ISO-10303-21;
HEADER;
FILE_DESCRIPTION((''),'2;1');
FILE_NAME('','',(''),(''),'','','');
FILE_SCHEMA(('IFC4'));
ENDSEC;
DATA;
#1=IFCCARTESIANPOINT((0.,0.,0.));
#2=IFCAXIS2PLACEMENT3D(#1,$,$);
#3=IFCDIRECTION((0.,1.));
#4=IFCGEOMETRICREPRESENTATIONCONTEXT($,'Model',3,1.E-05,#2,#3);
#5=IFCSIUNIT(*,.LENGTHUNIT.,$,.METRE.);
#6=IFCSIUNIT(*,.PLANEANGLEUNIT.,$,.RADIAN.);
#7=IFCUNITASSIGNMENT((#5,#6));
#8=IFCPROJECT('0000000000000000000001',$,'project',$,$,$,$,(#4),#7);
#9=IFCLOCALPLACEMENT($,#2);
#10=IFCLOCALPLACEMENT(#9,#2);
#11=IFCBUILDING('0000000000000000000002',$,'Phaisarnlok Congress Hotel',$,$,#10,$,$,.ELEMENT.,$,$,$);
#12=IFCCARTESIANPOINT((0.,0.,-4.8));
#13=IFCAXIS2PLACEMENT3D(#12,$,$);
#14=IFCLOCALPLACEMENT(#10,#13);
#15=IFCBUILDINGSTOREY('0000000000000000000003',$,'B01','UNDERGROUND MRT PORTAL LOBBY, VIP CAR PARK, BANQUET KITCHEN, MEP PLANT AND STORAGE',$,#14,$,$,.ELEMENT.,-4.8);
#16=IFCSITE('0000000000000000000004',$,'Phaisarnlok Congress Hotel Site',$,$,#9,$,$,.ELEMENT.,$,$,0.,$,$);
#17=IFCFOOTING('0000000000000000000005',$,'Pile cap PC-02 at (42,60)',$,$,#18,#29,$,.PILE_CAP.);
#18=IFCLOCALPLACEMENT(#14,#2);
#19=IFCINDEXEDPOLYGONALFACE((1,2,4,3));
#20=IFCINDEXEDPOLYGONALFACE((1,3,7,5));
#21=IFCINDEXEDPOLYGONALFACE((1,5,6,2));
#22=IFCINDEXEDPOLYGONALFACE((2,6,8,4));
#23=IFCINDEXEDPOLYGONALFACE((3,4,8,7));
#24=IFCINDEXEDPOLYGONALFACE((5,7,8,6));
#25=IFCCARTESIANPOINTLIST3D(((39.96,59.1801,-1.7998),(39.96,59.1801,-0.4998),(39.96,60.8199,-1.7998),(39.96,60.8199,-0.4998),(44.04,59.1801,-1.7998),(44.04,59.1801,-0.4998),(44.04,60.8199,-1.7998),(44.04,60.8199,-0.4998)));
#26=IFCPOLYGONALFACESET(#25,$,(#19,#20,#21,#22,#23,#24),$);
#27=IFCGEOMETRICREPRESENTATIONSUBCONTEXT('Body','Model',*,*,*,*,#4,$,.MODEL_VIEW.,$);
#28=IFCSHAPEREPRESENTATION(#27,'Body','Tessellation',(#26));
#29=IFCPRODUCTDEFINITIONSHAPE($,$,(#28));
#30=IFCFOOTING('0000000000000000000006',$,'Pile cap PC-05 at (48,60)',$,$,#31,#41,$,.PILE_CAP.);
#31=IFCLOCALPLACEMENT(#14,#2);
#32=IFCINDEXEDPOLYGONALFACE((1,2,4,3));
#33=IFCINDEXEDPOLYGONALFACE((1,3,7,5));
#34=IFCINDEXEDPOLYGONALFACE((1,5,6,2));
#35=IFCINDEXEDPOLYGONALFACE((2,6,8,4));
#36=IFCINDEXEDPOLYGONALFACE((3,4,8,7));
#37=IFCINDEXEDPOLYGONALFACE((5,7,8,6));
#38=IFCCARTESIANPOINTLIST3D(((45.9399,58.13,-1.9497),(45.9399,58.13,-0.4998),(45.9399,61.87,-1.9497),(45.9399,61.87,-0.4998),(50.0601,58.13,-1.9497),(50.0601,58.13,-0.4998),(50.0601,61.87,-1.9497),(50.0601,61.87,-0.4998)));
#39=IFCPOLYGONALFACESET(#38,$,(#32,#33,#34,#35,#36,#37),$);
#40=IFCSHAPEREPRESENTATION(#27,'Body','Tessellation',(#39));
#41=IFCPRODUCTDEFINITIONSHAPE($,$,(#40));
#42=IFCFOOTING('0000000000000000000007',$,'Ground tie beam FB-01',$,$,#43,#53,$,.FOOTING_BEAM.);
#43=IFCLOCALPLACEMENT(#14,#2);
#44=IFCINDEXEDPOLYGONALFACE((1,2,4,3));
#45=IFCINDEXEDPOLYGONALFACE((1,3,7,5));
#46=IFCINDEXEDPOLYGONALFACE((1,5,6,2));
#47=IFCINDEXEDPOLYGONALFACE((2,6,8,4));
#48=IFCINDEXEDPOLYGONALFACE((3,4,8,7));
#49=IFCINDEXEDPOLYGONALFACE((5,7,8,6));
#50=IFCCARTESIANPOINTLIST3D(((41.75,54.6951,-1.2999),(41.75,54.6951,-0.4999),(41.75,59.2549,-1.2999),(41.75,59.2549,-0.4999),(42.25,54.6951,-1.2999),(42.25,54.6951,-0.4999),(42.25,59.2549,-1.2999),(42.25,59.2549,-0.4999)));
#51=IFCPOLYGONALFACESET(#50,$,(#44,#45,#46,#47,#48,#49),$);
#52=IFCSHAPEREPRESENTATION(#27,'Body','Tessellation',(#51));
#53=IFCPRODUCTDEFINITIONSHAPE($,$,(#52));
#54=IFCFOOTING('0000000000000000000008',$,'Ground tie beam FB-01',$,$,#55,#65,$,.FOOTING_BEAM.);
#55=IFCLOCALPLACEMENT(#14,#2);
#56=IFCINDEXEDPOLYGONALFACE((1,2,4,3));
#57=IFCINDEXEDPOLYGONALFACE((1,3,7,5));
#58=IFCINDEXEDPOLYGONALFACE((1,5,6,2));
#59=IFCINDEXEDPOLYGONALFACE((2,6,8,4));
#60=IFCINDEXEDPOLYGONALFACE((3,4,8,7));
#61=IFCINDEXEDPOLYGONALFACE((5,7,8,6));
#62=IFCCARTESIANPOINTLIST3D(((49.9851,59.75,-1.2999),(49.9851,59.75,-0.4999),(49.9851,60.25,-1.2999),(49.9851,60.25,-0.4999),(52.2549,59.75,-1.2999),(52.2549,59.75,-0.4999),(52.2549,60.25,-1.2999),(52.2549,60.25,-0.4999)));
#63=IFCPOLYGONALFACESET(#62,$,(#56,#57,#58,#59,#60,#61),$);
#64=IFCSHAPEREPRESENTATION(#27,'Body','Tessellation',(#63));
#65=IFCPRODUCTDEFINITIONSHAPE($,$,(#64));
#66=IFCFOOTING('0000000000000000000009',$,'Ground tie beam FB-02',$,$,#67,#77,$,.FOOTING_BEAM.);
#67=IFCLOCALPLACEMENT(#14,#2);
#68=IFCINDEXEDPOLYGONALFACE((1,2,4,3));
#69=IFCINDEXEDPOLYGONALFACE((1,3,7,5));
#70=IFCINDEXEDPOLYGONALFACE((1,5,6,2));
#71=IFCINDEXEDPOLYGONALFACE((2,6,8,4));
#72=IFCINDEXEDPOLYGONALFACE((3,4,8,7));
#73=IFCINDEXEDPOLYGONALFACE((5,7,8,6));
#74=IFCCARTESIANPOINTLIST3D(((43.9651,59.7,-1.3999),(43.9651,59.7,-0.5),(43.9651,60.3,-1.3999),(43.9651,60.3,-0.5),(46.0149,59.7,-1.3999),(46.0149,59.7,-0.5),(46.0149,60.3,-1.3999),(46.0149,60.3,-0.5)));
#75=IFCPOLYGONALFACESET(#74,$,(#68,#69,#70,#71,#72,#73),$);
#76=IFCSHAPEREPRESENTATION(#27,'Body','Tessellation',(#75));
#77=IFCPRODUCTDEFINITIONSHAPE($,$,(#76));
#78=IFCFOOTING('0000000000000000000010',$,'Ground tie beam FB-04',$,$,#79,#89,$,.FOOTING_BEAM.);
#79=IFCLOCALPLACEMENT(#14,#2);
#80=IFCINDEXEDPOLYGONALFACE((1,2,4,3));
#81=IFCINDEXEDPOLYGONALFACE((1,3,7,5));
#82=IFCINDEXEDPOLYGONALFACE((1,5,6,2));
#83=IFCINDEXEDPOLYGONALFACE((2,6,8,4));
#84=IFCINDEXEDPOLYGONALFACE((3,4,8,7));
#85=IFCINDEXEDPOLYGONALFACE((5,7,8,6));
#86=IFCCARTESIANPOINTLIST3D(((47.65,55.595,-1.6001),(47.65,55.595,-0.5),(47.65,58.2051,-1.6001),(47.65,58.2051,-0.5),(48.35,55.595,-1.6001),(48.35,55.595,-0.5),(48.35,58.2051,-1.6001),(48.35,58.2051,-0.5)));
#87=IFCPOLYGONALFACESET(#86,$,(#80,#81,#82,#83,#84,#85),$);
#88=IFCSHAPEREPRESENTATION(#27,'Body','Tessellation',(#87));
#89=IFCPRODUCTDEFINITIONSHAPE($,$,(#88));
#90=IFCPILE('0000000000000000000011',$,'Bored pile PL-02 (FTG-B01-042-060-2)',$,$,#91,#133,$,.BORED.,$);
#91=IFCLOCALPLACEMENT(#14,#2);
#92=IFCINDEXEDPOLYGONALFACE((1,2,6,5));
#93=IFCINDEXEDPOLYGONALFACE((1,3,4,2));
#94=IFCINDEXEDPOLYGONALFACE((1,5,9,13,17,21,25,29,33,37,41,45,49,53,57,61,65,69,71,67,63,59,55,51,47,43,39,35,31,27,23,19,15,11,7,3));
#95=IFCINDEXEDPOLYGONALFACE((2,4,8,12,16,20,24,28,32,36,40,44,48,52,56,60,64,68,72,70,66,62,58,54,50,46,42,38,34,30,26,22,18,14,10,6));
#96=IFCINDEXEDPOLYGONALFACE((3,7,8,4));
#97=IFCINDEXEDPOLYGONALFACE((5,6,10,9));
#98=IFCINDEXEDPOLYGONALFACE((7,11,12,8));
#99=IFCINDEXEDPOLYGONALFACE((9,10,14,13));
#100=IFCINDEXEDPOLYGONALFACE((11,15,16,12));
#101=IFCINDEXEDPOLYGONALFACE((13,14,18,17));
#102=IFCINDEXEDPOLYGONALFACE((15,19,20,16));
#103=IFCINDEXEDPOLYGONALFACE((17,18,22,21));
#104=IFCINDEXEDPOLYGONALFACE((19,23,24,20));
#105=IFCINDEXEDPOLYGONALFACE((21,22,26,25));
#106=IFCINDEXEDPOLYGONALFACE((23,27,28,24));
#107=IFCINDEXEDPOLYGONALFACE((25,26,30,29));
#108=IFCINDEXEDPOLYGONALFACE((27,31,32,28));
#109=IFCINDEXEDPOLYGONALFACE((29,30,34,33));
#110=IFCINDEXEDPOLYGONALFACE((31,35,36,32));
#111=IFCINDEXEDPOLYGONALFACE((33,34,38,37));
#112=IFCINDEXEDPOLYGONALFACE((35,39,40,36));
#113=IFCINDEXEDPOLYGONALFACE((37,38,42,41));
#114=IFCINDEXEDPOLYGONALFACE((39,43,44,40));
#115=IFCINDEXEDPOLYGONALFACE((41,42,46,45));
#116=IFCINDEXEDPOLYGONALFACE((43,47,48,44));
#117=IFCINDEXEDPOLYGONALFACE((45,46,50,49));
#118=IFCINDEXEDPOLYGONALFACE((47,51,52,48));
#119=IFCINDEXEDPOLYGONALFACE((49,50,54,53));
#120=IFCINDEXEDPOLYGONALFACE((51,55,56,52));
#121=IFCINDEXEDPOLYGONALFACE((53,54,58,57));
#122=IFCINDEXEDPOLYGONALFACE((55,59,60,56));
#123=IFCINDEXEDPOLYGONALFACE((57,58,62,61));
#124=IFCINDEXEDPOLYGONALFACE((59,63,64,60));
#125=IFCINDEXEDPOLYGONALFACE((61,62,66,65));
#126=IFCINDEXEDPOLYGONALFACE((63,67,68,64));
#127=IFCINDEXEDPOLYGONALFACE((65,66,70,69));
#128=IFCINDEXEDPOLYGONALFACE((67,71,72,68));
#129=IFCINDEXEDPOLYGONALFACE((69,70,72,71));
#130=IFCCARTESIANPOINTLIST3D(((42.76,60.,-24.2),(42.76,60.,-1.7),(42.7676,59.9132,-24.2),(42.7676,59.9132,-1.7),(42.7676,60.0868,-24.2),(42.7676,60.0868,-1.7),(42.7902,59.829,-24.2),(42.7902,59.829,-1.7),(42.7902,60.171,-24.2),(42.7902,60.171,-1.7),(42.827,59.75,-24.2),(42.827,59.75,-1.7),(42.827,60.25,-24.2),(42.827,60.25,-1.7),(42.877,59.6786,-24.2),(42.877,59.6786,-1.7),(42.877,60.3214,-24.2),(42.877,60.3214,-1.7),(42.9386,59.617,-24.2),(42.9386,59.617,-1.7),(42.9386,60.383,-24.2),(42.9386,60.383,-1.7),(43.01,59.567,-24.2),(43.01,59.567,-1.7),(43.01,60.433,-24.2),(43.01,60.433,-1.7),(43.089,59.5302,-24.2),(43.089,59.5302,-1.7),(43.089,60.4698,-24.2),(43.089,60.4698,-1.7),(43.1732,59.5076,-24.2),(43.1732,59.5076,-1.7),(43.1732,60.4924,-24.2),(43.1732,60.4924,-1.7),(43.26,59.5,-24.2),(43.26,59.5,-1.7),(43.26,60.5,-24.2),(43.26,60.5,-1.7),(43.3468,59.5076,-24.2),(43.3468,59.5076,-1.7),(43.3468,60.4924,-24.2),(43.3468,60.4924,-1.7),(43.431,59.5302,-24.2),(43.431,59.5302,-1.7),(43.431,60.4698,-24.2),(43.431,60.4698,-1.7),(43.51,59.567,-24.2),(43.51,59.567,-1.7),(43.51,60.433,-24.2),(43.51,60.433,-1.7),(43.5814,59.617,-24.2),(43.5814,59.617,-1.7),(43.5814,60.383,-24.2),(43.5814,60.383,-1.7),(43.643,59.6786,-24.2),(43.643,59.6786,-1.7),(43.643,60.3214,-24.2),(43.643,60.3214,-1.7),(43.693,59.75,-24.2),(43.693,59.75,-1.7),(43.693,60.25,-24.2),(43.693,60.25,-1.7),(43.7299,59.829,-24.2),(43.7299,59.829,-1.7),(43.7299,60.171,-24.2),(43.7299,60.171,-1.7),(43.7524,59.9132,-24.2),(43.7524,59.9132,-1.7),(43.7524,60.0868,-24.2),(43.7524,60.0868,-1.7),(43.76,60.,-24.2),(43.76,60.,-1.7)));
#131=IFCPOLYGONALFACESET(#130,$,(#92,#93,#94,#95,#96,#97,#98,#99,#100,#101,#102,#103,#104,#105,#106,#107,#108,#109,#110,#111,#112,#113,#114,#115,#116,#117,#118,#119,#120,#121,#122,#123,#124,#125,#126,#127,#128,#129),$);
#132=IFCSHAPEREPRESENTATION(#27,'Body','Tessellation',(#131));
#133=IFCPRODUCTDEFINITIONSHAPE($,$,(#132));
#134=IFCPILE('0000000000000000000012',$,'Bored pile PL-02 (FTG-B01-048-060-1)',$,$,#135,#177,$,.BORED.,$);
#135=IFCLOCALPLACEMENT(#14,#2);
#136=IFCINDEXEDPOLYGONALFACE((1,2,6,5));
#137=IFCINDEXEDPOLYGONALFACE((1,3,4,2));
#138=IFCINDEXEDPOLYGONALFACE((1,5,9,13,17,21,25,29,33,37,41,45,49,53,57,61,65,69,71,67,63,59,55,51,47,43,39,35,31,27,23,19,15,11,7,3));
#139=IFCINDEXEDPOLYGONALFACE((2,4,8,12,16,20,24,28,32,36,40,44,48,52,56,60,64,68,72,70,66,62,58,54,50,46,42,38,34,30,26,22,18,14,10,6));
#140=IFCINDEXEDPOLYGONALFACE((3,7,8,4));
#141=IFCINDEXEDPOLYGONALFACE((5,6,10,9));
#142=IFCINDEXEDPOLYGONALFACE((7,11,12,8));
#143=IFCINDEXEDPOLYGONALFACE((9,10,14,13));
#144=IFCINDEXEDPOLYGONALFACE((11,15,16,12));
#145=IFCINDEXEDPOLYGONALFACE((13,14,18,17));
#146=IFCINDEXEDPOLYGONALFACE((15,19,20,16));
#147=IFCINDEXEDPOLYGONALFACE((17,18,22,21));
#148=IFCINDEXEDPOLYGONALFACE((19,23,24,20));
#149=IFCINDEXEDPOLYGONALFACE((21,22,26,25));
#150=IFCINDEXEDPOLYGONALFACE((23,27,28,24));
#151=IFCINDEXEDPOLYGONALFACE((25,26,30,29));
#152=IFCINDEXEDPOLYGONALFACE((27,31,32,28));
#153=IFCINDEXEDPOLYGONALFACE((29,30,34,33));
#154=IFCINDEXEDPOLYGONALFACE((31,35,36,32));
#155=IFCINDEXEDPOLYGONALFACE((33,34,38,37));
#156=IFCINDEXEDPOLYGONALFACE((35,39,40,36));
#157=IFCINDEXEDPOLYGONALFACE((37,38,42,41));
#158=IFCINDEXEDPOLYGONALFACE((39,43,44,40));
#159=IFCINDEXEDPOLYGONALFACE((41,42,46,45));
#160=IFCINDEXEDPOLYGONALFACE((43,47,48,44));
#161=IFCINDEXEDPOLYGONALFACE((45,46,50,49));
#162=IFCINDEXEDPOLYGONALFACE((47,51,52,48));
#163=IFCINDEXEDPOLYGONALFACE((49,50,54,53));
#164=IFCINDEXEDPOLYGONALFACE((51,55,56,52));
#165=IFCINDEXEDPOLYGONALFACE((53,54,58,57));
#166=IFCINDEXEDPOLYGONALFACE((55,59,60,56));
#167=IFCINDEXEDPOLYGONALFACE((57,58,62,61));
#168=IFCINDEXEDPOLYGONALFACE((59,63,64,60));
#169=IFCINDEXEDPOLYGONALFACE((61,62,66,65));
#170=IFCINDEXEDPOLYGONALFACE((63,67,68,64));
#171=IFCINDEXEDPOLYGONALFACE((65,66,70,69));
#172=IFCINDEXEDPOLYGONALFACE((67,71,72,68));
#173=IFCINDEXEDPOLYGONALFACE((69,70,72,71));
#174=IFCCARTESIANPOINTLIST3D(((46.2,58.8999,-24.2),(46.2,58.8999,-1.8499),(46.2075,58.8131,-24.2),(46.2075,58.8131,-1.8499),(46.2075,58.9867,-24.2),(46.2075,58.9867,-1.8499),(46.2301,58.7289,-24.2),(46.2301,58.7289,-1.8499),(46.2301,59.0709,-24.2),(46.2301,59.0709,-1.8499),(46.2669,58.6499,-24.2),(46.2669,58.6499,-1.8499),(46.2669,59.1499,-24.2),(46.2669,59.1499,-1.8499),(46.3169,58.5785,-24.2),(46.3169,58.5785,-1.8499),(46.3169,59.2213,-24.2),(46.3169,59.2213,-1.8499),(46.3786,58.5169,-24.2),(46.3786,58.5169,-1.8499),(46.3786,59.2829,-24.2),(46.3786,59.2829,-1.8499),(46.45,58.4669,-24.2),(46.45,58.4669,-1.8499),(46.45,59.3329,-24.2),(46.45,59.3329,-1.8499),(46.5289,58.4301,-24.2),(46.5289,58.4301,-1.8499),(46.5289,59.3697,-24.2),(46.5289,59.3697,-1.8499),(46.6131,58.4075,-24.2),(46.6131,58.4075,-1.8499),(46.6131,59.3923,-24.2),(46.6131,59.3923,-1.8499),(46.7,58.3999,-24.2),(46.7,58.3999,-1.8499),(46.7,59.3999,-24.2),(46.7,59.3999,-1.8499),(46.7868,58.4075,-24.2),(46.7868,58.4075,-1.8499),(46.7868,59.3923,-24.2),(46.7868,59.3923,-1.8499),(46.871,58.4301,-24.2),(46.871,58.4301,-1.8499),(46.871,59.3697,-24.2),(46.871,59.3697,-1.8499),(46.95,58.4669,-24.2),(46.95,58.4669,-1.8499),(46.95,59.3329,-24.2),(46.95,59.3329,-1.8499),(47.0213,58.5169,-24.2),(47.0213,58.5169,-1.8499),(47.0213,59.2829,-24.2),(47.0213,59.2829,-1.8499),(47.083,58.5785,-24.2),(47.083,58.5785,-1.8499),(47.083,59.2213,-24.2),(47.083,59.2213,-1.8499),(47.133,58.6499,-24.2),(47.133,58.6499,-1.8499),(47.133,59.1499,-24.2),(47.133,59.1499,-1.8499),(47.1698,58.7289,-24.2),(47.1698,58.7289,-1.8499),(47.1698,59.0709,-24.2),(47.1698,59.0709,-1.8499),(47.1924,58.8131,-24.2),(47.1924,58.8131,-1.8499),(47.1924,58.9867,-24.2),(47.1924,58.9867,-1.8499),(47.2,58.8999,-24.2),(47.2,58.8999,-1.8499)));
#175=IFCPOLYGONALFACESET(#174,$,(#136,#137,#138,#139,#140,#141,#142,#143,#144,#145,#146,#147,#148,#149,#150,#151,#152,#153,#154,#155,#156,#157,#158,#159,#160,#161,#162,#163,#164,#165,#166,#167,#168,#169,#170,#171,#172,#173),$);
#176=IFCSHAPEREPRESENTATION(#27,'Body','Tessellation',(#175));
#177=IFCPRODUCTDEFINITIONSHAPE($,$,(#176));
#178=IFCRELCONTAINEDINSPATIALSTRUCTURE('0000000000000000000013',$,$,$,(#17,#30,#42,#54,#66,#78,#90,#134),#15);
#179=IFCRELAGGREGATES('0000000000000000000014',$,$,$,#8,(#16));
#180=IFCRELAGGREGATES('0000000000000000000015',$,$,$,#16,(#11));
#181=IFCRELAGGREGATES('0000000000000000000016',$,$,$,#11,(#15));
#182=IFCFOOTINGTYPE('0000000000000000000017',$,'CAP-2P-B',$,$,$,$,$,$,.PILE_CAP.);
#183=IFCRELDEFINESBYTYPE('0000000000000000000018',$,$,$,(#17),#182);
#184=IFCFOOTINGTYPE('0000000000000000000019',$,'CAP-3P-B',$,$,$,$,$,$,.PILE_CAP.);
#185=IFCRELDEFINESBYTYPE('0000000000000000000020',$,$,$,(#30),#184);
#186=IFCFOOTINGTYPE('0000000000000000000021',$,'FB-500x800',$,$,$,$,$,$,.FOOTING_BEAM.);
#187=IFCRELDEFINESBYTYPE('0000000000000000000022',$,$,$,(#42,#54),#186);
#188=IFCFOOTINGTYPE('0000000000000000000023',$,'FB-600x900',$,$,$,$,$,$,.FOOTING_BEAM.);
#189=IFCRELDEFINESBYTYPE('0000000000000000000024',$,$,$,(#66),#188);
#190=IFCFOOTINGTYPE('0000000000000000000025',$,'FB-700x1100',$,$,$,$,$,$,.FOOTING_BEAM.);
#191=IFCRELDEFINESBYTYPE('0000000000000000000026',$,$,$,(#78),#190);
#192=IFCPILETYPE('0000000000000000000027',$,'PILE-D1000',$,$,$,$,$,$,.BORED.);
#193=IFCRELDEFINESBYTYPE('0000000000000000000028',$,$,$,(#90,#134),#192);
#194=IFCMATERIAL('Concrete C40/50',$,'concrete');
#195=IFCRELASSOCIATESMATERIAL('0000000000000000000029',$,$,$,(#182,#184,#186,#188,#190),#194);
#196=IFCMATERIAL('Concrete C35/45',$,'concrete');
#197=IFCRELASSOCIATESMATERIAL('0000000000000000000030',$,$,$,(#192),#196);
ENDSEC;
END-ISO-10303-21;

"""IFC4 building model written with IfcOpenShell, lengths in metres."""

from ifc_helpers import new_model, si_unit, direction, frame, origin, origin_2d, place, context, subcontext, project, spatial, rectangle, circle, extrude, material, material_profile, profile_set, type_object, element, save


model = new_model("IFC4")

# Units and contexts
model_context = context("Model", 3, precision=1e-05, world=origin(), true_north=direction((0.0, 1.0)))
body_context = subcontext(model_context, "Body", "Model", "MODEL_VIEW")
ifc_project = project(units=[si_unit("LENGTHUNIT", "METRE"), si_unit("PLANEANGLEUNIT", "RADIAN")], contexts=[model_context])

# Site, building, storey
site_placement = place(None, origin())
site = spatial("IfcSite", under=ifc_project, at=site_placement, Name="Phaisarnlok Congress Hotel Site", CompositionType="ELEMENT", RefElevation=0.0)
building_placement = place(site_placement, origin())
building = spatial("IfcBuilding", under=site, at=building_placement, Name="Phaisarnlok Congress Hotel", CompositionType="ELEMENT")
storey_placement = place(building_placement, frame((0.0, 0.0, -4.8)))
storey = spatial("IfcBuildingStorey", under=building, at=storey_placement, Name="B01", Description="UNDERGROUND MRT PORTAL LOBBY, VIP CAR PARK, BANQUET KITCHEN, MEP PLANT AND STORAGE", CompositionType="ELEMENT", Elevation=-4.8)

# Footings
ifc_material_1 = material(Name="Concrete C40/50", Category="concrete")
footing_type_1 = type_object("IfcFootingType", Name="CAP-2P-B", PredefinedType="PILE_CAP", material=ifc_material_1)
footing_1_placement = place(storey_placement, frame((42.0, 60.0, -1.7998), z_axis=(0.0, 0.0, 1.0), x_axis=(1.0, 0.0, 0.0)))
element("IfcFooting", 1, at=footing_1_placement, inside=storey, type_object=footing_type_1, Name="Pile cap PC-02 at (42,60)", PredefinedType="PILE_CAP", context=body_context, shape_type="SweptSolid", body=[
    extrude(rectangle(XDim=4.0801, YDim=1.6399, at=origin_2d()), origin(), (0.0, 0.0, 1.0), 1.3),
])
footing_type_2 = type_object("IfcFootingType", Name="CAP-3P-B", PredefinedType="PILE_CAP", material=ifc_material_1)
footing_2_placement = place(storey_placement, frame((48.0, 60.0, -1.9497), z_axis=(0.0, 0.0, 1.0), x_axis=(1.0, 0.0, 0.0)))
element("IfcFooting", 2, at=footing_2_placement, inside=storey, type_object=footing_type_2, Name="Pile cap PC-05 at (48,60)", PredefinedType="PILE_CAP", context=body_context, shape_type="SweptSolid", body=[
    extrude(rectangle(XDim=4.1201, YDim=3.74, at=origin_2d()), origin(), (0.0, 0.0, 1.0), 1.45),
])
ifc_material_profile_1 = material_profile(ifc_material_1, rectangle(XDim=0.5, YDim=0.8, at=origin_2d()), Name="FB-500x800")
ifc_profile_set_1 = profile_set([ifc_material_profile_1], Name="Concrete C40/50")
footing_type_3 = type_object("IfcFootingType", Name="FB-500x800", PredefinedType="FOOTING_BEAM", material=ifc_profile_set_1)
footing_3_placement = place(storey_placement, frame((42.0, 54.6951, -0.8999), z_axis=(0.0, 1.0, 0.0), x_axis=(-1.0, 0.0, 0.0)))
element("IfcFooting", 3, at=footing_3_placement, inside=storey, type_object=footing_type_3, Name="Ground tie beam FB-01", PredefinedType="FOOTING_BEAM", context=body_context, shape_type="SweptSolid", body=[
    extrude(rectangle(XDim=0.5, YDim=0.8, at=origin_2d()), origin(), (0.0, 0.0, 1.0), 4.5598),
])
footing_4_placement = place(storey_placement, frame((49.9851, 60.0, -0.8999), z_axis=(1.0, 0.0, 0.0), x_axis=(0.0, 1.0, 0.0)))
element("IfcFooting", 4, at=footing_4_placement, inside=storey, type_object=footing_type_3, Name="Ground tie beam FB-01", PredefinedType="FOOTING_BEAM", context=body_context, shape_type="SweptSolid", body=[
    extrude(rectangle(XDim=0.5, YDim=0.8, at=origin_2d()), origin(), (0.0, 0.0, 1.0), 2.2698),
])
ifc_material_profile_2 = material_profile(ifc_material_1, rectangle(XDim=0.6001, YDim=0.8999, at=origin_2d()), Name="FB-600x900")
ifc_profile_set_2 = profile_set([ifc_material_profile_2], Name="Concrete C40/50")
footing_type_4 = type_object("IfcFootingType", Name="FB-600x900", PredefinedType="FOOTING_BEAM", material=ifc_profile_set_2)
footing_5_placement = place(storey_placement, frame((43.9651, 60.0, -0.95), z_axis=(1.0, 0.0, 0.0), x_axis=(0.0, 1.0, 0.0)))
element("IfcFooting", 5, at=footing_5_placement, inside=storey, type_object=footing_type_4, Name="Ground tie beam FB-02", PredefinedType="FOOTING_BEAM", context=body_context, shape_type="SweptSolid", body=[
    extrude(rectangle(XDim=0.6001, YDim=0.8999, at=origin_2d()), origin(), (0.0, 0.0, 1.0), 2.0498),
])
ifc_material_profile_3 = material_profile(ifc_material_1, rectangle(XDim=0.7, YDim=1.1001, at=origin_2d()), Name="FB-700x1100")
ifc_profile_set_3 = profile_set([ifc_material_profile_3], Name="Concrete C40/50")
footing_type_5 = type_object("IfcFootingType", Name="FB-700x1100", PredefinedType="FOOTING_BEAM", material=ifc_profile_set_3)
footing_6_placement = place(storey_placement, frame((48.0, 55.595, -1.05), z_axis=(0.0, 1.0, 0.0), x_axis=(-1.0, 0.0, 0.0)))
element("IfcFooting", 6, at=footing_6_placement, inside=storey, type_object=footing_type_5, Name="Ground tie beam FB-04", PredefinedType="FOOTING_BEAM", context=body_context, shape_type="SweptSolid", body=[
    extrude(rectangle(XDim=0.7, YDim=1.1001, at=origin_2d()), origin(), (0.0, 0.0, 1.0), 2.6101),
])

# Piles
ifc_material_2 = material(Name="Concrete C35/45", Category="concrete")
ifc_material_profile_4 = material_profile(ifc_material_2, circle(Radius=0.5, at=origin_2d()), Name="BORED PILE D1000")
ifc_profile_set_4 = profile_set([ifc_material_profile_4], Name="Concrete C35/45")
pile_type_1 = type_object("IfcPileType", Name="PILE-D1000", PredefinedType="BORED", material=ifc_profile_set_4)
pile_1_placement = place(storey_placement, frame((43.26, 60.0, -1.7), z_axis=(0.0, 0.0, -1.0), x_axis=(1.0, 0.0, 0.0)))
element("IfcPile", 7, at=pile_1_placement, inside=storey, type_object=pile_type_1, Name="Bored pile PL-02 (FTG-B01-042-060-2)", PredefinedType="BORED", context=body_context, shape_type="SweptSolid", body=[
    extrude(circle(Radius=0.5, at=origin_2d()), origin(), (0.0, 0.0, 1.0), 22.5),
])
for number, where, z_axis, x_axis, name in (
    (8, (46.7, 58.8999, -1.8499), (0.0, 0.0, -1.0), (1.0, 0.0, 0.0), "Bored pile PL-02 (FTG-B01-048-060-1)"),
):
    element("IfcPile", number, at=place(storey_placement, frame(where, z_axis=z_axis, x_axis=x_axis)), inside=storey, type_object=pile_type_1, Name=name, PredefinedType="BORED", context=body_context, shape_type="SweptSolid", body=[
        extrude(circle(Radius=0.5, at=origin_2d()), origin(), (0.0, 0.0, 1.0), 22.3501),
    ])

save(model, "model.ifc")
